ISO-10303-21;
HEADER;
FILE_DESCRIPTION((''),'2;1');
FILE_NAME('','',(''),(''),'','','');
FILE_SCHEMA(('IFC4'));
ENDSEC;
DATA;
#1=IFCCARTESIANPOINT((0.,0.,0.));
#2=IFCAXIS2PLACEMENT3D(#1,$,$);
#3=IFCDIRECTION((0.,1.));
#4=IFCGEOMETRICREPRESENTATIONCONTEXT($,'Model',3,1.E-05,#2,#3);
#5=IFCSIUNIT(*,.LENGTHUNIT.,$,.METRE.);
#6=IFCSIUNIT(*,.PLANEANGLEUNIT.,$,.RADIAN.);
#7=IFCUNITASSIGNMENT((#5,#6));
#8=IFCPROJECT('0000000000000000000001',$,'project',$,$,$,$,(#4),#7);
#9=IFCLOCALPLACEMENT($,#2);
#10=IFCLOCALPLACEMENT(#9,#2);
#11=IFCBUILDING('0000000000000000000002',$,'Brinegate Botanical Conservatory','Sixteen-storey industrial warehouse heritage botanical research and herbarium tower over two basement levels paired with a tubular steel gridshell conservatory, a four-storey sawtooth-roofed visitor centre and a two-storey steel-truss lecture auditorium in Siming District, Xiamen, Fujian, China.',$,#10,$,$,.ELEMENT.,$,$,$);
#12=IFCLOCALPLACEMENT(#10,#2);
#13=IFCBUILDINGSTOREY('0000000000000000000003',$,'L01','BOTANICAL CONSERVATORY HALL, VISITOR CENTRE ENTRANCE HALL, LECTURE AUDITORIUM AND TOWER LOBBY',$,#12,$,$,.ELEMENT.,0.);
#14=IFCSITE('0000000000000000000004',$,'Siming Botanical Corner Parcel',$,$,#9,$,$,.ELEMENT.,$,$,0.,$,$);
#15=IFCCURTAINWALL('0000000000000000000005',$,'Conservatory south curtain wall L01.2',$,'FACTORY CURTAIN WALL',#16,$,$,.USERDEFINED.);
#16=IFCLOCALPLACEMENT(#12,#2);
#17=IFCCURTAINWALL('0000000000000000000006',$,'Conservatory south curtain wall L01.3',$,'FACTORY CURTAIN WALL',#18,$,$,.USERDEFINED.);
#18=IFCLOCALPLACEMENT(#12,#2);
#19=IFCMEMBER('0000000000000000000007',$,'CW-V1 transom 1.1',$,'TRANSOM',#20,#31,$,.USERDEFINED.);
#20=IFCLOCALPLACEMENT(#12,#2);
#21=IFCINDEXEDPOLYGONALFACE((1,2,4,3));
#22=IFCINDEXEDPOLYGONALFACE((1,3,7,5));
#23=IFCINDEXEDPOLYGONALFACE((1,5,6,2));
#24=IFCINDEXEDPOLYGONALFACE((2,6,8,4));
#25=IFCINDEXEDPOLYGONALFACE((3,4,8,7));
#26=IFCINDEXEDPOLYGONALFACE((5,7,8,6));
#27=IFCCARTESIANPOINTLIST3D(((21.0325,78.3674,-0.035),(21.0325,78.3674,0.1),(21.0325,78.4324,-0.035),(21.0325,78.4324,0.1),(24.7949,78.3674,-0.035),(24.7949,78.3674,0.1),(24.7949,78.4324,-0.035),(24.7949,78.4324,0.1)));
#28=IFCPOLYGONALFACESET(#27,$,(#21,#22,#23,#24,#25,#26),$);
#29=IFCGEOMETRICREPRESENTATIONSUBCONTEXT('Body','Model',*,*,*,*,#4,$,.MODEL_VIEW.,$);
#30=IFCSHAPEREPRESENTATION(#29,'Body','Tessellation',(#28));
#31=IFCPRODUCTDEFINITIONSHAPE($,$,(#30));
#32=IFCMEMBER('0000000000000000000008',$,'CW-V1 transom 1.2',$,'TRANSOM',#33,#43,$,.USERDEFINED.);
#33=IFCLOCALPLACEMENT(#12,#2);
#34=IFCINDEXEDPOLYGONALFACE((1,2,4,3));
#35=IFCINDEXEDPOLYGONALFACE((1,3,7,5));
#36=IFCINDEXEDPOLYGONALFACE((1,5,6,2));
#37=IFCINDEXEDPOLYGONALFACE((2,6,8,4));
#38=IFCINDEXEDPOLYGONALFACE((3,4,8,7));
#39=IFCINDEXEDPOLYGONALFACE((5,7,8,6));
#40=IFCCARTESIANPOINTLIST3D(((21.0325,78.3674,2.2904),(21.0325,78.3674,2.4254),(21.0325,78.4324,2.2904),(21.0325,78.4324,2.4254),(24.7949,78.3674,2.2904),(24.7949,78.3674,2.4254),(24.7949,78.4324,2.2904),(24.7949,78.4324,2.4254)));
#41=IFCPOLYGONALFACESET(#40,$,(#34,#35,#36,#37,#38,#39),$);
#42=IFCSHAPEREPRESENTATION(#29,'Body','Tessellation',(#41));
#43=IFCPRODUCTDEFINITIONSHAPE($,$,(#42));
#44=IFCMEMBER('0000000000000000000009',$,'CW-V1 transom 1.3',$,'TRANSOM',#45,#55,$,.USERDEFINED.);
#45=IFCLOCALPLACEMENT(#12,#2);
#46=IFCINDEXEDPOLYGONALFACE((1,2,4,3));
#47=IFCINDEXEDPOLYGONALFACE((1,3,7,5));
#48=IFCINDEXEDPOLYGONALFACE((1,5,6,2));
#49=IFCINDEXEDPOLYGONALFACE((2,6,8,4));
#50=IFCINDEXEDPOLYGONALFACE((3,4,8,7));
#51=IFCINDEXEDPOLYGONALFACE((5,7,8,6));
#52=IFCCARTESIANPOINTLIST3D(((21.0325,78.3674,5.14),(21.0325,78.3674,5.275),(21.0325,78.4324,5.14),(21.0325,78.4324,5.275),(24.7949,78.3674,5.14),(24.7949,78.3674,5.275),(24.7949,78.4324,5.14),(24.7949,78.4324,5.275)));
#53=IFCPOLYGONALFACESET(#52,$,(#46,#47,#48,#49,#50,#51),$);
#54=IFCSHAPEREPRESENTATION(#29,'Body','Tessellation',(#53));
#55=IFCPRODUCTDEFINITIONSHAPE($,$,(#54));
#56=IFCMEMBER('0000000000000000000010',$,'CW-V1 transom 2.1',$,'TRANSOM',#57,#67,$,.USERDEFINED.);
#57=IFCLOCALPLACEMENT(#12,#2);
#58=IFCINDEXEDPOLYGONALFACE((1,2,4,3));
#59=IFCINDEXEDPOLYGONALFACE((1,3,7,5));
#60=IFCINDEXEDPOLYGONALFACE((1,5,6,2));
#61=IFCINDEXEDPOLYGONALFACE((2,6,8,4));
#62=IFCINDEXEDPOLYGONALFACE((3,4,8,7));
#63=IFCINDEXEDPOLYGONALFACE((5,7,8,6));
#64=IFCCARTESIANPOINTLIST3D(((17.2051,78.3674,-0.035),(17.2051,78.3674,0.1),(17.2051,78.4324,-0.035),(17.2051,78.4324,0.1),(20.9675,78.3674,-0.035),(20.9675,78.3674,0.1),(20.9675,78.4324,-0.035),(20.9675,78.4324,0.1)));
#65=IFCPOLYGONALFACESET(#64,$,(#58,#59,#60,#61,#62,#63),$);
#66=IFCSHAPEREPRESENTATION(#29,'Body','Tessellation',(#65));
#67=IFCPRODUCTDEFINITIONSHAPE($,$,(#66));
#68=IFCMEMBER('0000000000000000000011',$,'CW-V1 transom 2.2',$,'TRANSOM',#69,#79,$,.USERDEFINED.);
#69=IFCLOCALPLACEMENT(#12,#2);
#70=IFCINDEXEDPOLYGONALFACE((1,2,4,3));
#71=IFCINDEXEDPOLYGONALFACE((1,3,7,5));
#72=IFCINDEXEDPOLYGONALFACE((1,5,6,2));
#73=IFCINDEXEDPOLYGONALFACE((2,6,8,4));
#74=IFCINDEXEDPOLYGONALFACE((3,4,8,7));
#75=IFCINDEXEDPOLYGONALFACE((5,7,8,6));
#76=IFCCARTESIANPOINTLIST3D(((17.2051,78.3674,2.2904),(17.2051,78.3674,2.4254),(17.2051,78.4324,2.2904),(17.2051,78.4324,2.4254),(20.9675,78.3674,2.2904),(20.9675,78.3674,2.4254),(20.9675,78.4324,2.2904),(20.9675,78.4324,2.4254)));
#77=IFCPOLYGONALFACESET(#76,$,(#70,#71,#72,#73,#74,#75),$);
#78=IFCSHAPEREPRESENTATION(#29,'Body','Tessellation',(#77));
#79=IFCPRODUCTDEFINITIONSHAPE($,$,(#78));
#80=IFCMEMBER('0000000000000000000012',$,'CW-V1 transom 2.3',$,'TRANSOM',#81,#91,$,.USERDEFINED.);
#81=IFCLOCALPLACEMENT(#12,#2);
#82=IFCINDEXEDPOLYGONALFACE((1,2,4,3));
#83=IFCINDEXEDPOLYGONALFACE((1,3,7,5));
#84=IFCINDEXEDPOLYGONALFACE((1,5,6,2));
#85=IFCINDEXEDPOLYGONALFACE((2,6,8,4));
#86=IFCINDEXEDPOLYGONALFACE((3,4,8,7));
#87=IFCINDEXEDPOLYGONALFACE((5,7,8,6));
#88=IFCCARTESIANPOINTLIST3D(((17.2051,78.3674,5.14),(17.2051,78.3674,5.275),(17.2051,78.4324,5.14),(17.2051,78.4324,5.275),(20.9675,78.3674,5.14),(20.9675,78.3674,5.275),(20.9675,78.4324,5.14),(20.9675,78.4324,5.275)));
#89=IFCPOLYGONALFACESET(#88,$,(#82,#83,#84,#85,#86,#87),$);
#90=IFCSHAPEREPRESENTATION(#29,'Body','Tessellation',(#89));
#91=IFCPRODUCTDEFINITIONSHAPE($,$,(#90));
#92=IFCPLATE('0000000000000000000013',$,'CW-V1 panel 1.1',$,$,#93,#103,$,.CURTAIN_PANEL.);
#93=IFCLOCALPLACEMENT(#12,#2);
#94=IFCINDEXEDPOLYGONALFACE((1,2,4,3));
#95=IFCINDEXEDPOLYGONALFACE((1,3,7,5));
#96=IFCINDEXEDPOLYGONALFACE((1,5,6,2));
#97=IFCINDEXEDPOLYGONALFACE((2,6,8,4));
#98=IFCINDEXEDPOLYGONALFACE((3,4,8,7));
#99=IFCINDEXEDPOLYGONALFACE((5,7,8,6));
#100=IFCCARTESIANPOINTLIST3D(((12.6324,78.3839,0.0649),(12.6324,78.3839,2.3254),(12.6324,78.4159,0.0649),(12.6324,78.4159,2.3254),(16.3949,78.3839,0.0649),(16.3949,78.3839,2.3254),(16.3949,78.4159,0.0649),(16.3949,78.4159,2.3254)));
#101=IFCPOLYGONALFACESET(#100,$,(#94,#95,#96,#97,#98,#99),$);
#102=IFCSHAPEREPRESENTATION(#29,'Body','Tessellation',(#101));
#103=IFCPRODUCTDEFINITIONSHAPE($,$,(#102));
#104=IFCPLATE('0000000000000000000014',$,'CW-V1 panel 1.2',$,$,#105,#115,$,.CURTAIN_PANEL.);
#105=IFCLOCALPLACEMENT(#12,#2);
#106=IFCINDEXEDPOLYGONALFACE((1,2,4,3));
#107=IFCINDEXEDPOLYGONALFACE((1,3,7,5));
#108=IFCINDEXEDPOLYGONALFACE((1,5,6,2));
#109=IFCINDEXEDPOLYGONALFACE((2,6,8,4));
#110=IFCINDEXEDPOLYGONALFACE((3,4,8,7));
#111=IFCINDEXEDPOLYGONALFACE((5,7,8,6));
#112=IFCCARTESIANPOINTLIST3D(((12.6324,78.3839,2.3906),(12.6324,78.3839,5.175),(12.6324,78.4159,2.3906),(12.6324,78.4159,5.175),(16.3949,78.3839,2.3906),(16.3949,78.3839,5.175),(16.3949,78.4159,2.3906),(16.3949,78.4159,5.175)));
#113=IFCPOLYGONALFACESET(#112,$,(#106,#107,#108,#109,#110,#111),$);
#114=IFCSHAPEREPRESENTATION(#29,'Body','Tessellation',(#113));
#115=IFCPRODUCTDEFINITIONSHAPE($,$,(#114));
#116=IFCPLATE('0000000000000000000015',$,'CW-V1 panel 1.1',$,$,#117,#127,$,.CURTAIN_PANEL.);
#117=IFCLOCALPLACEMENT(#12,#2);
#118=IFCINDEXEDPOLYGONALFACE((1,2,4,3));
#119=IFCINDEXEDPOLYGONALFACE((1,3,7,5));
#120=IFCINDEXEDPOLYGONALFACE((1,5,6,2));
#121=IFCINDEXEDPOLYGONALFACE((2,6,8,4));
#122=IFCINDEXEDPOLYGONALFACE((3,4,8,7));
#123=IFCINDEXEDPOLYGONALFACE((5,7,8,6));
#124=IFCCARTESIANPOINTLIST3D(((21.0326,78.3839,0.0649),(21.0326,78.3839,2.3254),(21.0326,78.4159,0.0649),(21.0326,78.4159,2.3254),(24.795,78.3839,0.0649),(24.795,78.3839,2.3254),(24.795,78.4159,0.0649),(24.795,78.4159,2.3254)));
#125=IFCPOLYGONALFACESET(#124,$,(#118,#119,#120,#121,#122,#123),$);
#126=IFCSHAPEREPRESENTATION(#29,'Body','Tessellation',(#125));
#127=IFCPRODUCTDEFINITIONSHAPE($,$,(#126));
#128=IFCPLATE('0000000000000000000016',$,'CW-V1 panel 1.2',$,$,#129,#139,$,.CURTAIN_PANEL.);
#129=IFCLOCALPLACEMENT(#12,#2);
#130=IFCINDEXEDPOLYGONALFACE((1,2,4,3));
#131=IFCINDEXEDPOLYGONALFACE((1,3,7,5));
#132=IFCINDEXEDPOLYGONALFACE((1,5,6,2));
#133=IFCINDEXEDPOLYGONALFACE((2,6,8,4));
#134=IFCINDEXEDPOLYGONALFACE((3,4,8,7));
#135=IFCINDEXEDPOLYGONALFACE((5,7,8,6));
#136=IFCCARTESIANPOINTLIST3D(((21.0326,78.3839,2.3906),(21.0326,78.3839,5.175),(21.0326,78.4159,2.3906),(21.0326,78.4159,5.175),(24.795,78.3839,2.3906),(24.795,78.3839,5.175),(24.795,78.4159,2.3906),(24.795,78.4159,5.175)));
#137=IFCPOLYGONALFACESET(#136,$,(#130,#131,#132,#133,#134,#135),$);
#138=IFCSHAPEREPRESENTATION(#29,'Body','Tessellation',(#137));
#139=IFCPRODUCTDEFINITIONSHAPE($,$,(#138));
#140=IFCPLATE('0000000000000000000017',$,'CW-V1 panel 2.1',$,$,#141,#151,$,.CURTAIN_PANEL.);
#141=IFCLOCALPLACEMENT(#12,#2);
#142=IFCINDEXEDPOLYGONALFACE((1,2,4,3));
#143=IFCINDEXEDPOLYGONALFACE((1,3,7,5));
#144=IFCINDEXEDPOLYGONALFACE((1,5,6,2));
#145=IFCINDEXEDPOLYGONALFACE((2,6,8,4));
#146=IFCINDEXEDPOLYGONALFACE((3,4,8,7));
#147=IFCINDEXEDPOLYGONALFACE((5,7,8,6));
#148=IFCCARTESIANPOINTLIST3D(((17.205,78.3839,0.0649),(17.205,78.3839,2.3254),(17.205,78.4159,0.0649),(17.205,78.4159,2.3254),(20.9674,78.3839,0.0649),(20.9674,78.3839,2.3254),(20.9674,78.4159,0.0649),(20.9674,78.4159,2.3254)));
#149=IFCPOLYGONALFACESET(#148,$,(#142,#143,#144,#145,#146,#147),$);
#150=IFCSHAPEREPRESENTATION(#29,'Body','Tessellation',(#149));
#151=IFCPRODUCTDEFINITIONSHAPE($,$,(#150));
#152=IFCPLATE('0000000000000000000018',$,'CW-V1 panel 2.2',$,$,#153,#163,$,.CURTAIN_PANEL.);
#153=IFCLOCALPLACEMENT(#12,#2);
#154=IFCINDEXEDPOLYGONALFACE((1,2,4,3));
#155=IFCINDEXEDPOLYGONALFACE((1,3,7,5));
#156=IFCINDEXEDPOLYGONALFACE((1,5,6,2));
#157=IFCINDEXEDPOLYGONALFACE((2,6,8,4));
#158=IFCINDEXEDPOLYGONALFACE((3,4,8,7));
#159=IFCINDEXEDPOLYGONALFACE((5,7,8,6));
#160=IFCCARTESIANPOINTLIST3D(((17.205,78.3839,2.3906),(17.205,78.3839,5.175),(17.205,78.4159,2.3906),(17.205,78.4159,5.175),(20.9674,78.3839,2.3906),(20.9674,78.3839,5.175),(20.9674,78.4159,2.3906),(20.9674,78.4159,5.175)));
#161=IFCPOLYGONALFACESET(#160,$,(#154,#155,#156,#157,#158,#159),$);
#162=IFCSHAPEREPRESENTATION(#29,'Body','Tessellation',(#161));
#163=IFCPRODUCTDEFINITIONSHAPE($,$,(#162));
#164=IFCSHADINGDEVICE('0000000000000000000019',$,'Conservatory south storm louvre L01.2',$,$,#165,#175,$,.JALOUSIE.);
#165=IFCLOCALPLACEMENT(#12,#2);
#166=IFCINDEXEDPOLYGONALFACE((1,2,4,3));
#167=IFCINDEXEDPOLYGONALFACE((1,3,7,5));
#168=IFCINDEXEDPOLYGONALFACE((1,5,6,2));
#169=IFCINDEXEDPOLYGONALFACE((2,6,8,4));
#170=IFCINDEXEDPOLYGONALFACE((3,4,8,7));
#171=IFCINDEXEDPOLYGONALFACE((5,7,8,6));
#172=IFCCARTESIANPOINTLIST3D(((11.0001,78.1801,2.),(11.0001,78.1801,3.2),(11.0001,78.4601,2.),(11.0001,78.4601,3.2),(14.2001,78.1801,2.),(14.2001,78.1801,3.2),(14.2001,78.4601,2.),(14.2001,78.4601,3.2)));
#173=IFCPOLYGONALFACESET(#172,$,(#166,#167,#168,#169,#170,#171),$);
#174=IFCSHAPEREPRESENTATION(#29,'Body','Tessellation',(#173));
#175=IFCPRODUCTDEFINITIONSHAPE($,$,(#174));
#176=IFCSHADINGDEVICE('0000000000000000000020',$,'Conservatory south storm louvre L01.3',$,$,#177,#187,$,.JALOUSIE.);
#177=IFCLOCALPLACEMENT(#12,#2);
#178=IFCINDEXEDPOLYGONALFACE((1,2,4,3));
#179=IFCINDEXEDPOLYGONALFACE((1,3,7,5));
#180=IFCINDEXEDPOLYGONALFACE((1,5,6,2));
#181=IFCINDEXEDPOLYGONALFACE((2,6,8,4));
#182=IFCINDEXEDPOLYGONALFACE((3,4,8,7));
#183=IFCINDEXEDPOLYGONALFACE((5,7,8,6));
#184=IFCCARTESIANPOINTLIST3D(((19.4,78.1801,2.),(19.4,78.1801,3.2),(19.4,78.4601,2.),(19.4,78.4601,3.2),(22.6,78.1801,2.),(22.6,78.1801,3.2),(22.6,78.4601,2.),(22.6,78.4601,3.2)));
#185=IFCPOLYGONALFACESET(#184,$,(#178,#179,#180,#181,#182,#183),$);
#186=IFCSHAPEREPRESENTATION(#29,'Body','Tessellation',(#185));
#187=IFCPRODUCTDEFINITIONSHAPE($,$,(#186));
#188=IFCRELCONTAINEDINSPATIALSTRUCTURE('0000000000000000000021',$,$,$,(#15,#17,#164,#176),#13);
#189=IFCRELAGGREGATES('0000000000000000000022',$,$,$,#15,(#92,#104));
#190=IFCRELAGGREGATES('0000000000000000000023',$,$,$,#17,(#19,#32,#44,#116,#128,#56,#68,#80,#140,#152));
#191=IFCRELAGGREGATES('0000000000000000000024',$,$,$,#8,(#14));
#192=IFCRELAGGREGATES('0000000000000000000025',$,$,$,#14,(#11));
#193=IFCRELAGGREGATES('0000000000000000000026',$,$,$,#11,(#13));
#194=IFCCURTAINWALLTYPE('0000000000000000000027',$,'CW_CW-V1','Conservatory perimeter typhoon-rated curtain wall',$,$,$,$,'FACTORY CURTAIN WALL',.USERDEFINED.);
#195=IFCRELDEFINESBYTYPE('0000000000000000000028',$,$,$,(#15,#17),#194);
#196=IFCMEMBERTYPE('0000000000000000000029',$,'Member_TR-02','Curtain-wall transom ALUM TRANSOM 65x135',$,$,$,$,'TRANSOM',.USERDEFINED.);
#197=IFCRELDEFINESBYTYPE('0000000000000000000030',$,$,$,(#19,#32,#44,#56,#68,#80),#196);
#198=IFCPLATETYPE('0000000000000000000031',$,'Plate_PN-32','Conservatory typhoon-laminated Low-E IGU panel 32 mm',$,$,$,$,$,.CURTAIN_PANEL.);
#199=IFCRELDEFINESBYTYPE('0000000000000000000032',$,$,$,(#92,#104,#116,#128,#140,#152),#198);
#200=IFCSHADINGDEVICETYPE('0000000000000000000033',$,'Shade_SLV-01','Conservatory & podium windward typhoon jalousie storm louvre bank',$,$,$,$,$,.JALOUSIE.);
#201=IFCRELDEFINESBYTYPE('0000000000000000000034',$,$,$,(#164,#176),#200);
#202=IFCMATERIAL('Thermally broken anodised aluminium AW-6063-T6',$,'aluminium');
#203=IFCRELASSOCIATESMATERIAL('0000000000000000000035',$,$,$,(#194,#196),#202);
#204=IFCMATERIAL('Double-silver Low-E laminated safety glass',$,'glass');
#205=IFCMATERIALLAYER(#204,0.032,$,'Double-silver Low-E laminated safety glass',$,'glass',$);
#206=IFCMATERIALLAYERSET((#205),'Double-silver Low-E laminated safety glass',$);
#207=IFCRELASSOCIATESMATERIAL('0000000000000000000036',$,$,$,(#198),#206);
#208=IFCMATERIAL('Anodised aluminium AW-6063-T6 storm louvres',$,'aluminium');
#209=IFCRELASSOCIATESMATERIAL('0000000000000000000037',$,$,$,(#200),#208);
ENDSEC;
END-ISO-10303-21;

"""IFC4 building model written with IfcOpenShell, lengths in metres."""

from ifc_helpers import new_model, si_unit, direction, frame, origin, origin_2d, place, context, subcontext, project, spatial, rectangle, extrude, material, layer, layer_set, material_profile, profile_set, type_object, element, aggregate, save


model = new_model("IFC4")

# Units and contexts
model_context = context("Model", 3, precision=1e-05, world=origin(), true_north=direction((0.0, 1.0)))
body_context = subcontext(model_context, "Body", "Model", "MODEL_VIEW")
ifc_project = project(units=[si_unit("LENGTHUNIT", "METRE"), si_unit("PLANEANGLEUNIT", "RADIAN")], contexts=[model_context])

# Site, building, storey
site_placement = place(None, origin())
site = spatial("IfcSite", under=ifc_project, at=site_placement, Name="Siming Botanical Corner Parcel", CompositionType="ELEMENT", RefElevation=0.0)
building_placement = place(site_placement, origin())
building = spatial("IfcBuilding", under=site, at=building_placement, Name="Brinegate Botanical Conservatory", Description="Sixteen-storey industrial warehouse heritage botanical research and herbarium tower over two basement levels paired with a tubular steel gridshell conservatory, a four-storey sawtooth-roofed visitor centre and a two-storey steel-truss lecture auditorium in Siming District, Xiamen, Fujian, China.", CompositionType="ELEMENT")
storey_placement = place(building_placement, origin())
storey = spatial("IfcBuildingStorey", under=building, at=storey_placement, Name="L01", Description="BOTANICAL CONSERVATORY HALL, VISITOR CENTRE ENTRANCE HALL, LECTURE AUDITORIUM AND TOWER LOBBY", CompositionType="ELEMENT", Elevation=0.0)

# Curtain walls
ifc_material_1 = material(Name="Thermally broken anodised aluminium AW-6063-T6", Category="aluminium")
curtain_wall_type = type_object("IfcCurtainWallType", Name="CW_CW-V1", Description="Conservatory perimeter typhoon-rated curtain wall", ElementType="FACTORY CURTAIN WALL", PredefinedType="USERDEFINED", material=ifc_material_1)
curtain_wall_1_placement = place(storey_placement, origin())
curtain_wall_1 = element("IfcCurtainWall", 1, at=curtain_wall_1_placement, inside=storey, type_object=curtain_wall_type, Name="Conservatory south curtain wall L01.2", ObjectType="FACTORY CURTAIN WALL", PredefinedType="USERDEFINED")
curtain_wall_2_placement = place(storey_placement, origin())
curtain_wall_2 = element("IfcCurtainWall", 2, at=curtain_wall_2_placement, inside=storey, type_object=curtain_wall_type, Name="Conservatory south curtain wall L01.3", ObjectType="FACTORY CURTAIN WALL", PredefinedType="USERDEFINED")

# Members
ifc_material_profile_1 = material_profile(ifc_material_1, rectangle(XDim=0.0649, YDim=0.135, at=origin_2d()), Name="ALUM TRANSOM 65x135")
ifc_profile_set_1 = profile_set([ifc_material_profile_1], Name="Thermally broken anodised aluminium AW-6063-T6")
member_type_1 = type_object("IfcMemberType", Name="Member_TR-02", Description="Curtain-wall transom ALUM TRANSOM 65x135", ElementType="TRANSOM", PredefinedType="USERDEFINED", material=ifc_profile_set_1)
member_1_placement = place(storey_placement, frame((24.7949, 78.3999, 0.0325), z_axis=(-1.0, 0.0, 0.0), x_axis=(0.0, -1.0, 0.0)))
member_1 = element("IfcMember", 3, at=member_1_placement, type_object=member_type_1, Name="CW-V1 transom 1.1", ObjectType="TRANSOM", PredefinedType="USERDEFINED", context=body_context, shape_type="SweptSolid", body=[
    extrude(rectangle(XDim=0.0649, YDim=0.135, at=origin_2d()), origin(), (0.0, 0.0, 1.0), 3.7625),
])
member_2_placement = place(storey_placement, frame((24.7949, 78.3999, 2.3579), z_axis=(-1.0, 0.0, 0.0), x_axis=(0.0, -1.0, 0.0)))
member_2 = element("IfcMember", 4, at=member_2_placement, type_object=member_type_1, Name="CW-V1 transom 1.2", ObjectType="TRANSOM", PredefinedType="USERDEFINED", context=body_context, shape_type="SweptSolid", body=[
    extrude(rectangle(XDim=0.0649, YDim=0.135, at=origin_2d()), origin(), (0.0, 0.0, 1.0), 3.7625),
])
member_3_placement = place(storey_placement, frame((24.7949, 78.3999, 5.2075), z_axis=(-1.0, 0.0, 0.0), x_axis=(0.0, -1.0, 0.0)))
member_3 = element("IfcMember", 5, at=member_3_placement, type_object=member_type_1, Name="CW-V1 transom 1.3", ObjectType="TRANSOM", PredefinedType="USERDEFINED", context=body_context, shape_type="SweptSolid", body=[
    extrude(rectangle(XDim=0.0649, YDim=0.135, at=origin_2d()), origin(), (0.0, 0.0, 1.0), 3.7625),
])
member_4_placement = place(storey_placement, frame((20.9675, 78.3999, 0.0325), z_axis=(-1.0, 0.0, 0.0), x_axis=(0.0, -1.0, 0.0)))
member_4 = element("IfcMember", 6, at=member_4_placement, type_object=member_type_1, Name="CW-V1 transom 2.1", ObjectType="TRANSOM", PredefinedType="USERDEFINED", context=body_context, shape_type="SweptSolid", body=[
    extrude(rectangle(XDim=0.0649, YDim=0.135, at=origin_2d()), origin(), (0.0, 0.0, 1.0), 3.7625),
])
member_5_placement = place(storey_placement, frame((20.9675, 78.3999, 2.3579), z_axis=(-1.0, 0.0, 0.0), x_axis=(0.0, -1.0, 0.0)))
member_5 = element("IfcMember", 7, at=member_5_placement, type_object=member_type_1, Name="CW-V1 transom 2.2", ObjectType="TRANSOM", PredefinedType="USERDEFINED", context=body_context, shape_type="SweptSolid", body=[
    extrude(rectangle(XDim=0.0649, YDim=0.135, at=origin_2d()), origin(), (0.0, 0.0, 1.0), 3.7625),
])
member_6_placement = place(storey_placement, frame((20.9675, 78.3999, 5.2075), z_axis=(-1.0, 0.0, 0.0), x_axis=(0.0, -1.0, 0.0)))
member_6 = element("IfcMember", 8, at=member_6_placement, type_object=member_type_1, Name="CW-V1 transom 2.3", ObjectType="TRANSOM", PredefinedType="USERDEFINED", context=body_context, shape_type="SweptSolid", body=[
    extrude(rectangle(XDim=0.0649, YDim=0.135, at=origin_2d()), origin(), (0.0, 0.0, 1.0), 3.7625),
])

# Plates
ifc_material_2 = material(Name="Double-silver Low-E laminated safety glass", Category="glass")
ifc_layer = layer(ifc_material_2, 0.032, Name="Double-silver Low-E laminated safety glass", Category="glass")
ifc_layer_set = layer_set([ifc_layer], Name="Double-silver Low-E laminated safety glass")
plate_type = type_object("IfcPlateType", Name="Plate_PN-32", Description="Conservatory typhoon-laminated Low-E IGU panel 32 mm", PredefinedType="CURTAIN_PANEL", material=ifc_layer_set)
plate_1_placement = place(storey_placement, frame((14.5137, 78.3999, 0.0649), z_axis=(0.0, 0.0, 1.0), x_axis=(-1.0, 0.0, 0.0)))
plate_1 = element("IfcPlate", 9, at=plate_1_placement, type_object=plate_type, Name="CW-V1 panel 1.1", PredefinedType="CURTAIN_PANEL", context=body_context, shape_type="SweptSolid", body=[
    extrude(rectangle(XDim=3.7625, YDim=0.032, at=origin_2d()), origin(), (0.0, 0.0, 1.0), 2.2605),
])
plate_2_placement = place(storey_placement, frame((14.5137, 78.3999, 2.3906), z_axis=(0.0, 0.0, 1.0), x_axis=(-1.0, 0.0, 0.0)))
plate_2 = element("IfcPlate", 10, at=plate_2_placement, type_object=plate_type, Name="CW-V1 panel 1.2", PredefinedType="CURTAIN_PANEL", context=body_context, shape_type="SweptSolid", body=[
    extrude(rectangle(XDim=3.7625, YDim=0.032, at=origin_2d()), origin(), (0.0, 0.0, 1.0), 2.7844),
])
aggregate(curtain_wall_1, [plate_1, plate_2])
plate_3_placement = place(storey_placement, frame((22.9138, 78.3999, 0.0649), z_axis=(0.0, 0.0, 1.0), x_axis=(-1.0, 0.0, 0.0)))
plate_3 = element("IfcPlate", 11, at=plate_3_placement, type_object=plate_type, Name="CW-V1 panel 1.1", PredefinedType="CURTAIN_PANEL", context=body_context, shape_type="SweptSolid", body=[
    extrude(rectangle(XDim=3.7625, YDim=0.032, at=origin_2d()), origin(), (0.0, 0.0, 1.0), 2.2605),
])
plate_4_placement = place(storey_placement, frame((22.9138, 78.3999, 2.3906), z_axis=(0.0, 0.0, 1.0), x_axis=(-1.0, 0.0, 0.0)))
plate_4 = element("IfcPlate", 12, at=plate_4_placement, type_object=plate_type, Name="CW-V1 panel 1.2", PredefinedType="CURTAIN_PANEL", context=body_context, shape_type="SweptSolid", body=[
    extrude(rectangle(XDim=3.7625, YDim=0.032, at=origin_2d()), origin(), (0.0, 0.0, 1.0), 2.7844),
])
plate_5_placement = place(storey_placement, frame((19.0862, 78.3999, 0.0649), z_axis=(0.0, 0.0, 1.0), x_axis=(-1.0, 0.0, 0.0)))
plate_5 = element("IfcPlate", 13, at=plate_5_placement, type_object=plate_type, Name="CW-V1 panel 2.1", PredefinedType="CURTAIN_PANEL", context=body_context, shape_type="SweptSolid", body=[
    extrude(rectangle(XDim=3.7625, YDim=0.032, at=origin_2d()), origin(), (0.0, 0.0, 1.0), 2.2605),
])
plate_6_placement = place(storey_placement, frame((19.0862, 78.3999, 2.3906), z_axis=(0.0, 0.0, 1.0), x_axis=(-1.0, 0.0, 0.0)))
plate_6 = element("IfcPlate", 14, at=plate_6_placement, type_object=plate_type, Name="CW-V1 panel 2.2", PredefinedType="CURTAIN_PANEL", context=body_context, shape_type="SweptSolid", body=[
    extrude(rectangle(XDim=3.7625, YDim=0.032, at=origin_2d()), origin(), (0.0, 0.0, 1.0), 2.7844),
])
aggregate(curtain_wall_2, [member_1, member_2, member_3, plate_3, plate_4, member_4, member_5, member_6, plate_5, plate_6])

# Shading devices
ifc_material_3 = material(Name="Anodised aluminium AW-6063-T6 storm louvres", Category="aluminium")
shading_device_type = type_object("IfcShadingDeviceType", Name="Shade_SLV-01", Description="Conservatory & podium windward typhoon jalousie storm louvre bank", PredefinedType="JALOUSIE", material=ifc_material_3)
for number, where, z_axis, x_axis, name in (
    (15, (12.6001, 78.3201, 2.0), (0.0, 0.0, 1.0), (1.0, 0.0, 0.0), "Conservatory south storm louvre L01.2"),
    (16, (21.0, 78.3201, 2.0), (0.0, 0.0, 1.0), (1.0, 0.0, 0.0), "Conservatory south storm louvre L01.3"),
):
    element("IfcShadingDevice", number, at=place(storey_placement, frame(where, z_axis=z_axis, x_axis=x_axis)), inside=storey, type_object=shading_device_type, Name=name, PredefinedType="JALOUSIE", context=body_context, shape_type="SweptSolid", body=[
        extrude(rectangle(XDim=3.2, YDim=0.28, at=origin_2d()), origin(), (0.0, 0.0, 1.0), 1.2),
    ])

save(model, "model.ifc")
